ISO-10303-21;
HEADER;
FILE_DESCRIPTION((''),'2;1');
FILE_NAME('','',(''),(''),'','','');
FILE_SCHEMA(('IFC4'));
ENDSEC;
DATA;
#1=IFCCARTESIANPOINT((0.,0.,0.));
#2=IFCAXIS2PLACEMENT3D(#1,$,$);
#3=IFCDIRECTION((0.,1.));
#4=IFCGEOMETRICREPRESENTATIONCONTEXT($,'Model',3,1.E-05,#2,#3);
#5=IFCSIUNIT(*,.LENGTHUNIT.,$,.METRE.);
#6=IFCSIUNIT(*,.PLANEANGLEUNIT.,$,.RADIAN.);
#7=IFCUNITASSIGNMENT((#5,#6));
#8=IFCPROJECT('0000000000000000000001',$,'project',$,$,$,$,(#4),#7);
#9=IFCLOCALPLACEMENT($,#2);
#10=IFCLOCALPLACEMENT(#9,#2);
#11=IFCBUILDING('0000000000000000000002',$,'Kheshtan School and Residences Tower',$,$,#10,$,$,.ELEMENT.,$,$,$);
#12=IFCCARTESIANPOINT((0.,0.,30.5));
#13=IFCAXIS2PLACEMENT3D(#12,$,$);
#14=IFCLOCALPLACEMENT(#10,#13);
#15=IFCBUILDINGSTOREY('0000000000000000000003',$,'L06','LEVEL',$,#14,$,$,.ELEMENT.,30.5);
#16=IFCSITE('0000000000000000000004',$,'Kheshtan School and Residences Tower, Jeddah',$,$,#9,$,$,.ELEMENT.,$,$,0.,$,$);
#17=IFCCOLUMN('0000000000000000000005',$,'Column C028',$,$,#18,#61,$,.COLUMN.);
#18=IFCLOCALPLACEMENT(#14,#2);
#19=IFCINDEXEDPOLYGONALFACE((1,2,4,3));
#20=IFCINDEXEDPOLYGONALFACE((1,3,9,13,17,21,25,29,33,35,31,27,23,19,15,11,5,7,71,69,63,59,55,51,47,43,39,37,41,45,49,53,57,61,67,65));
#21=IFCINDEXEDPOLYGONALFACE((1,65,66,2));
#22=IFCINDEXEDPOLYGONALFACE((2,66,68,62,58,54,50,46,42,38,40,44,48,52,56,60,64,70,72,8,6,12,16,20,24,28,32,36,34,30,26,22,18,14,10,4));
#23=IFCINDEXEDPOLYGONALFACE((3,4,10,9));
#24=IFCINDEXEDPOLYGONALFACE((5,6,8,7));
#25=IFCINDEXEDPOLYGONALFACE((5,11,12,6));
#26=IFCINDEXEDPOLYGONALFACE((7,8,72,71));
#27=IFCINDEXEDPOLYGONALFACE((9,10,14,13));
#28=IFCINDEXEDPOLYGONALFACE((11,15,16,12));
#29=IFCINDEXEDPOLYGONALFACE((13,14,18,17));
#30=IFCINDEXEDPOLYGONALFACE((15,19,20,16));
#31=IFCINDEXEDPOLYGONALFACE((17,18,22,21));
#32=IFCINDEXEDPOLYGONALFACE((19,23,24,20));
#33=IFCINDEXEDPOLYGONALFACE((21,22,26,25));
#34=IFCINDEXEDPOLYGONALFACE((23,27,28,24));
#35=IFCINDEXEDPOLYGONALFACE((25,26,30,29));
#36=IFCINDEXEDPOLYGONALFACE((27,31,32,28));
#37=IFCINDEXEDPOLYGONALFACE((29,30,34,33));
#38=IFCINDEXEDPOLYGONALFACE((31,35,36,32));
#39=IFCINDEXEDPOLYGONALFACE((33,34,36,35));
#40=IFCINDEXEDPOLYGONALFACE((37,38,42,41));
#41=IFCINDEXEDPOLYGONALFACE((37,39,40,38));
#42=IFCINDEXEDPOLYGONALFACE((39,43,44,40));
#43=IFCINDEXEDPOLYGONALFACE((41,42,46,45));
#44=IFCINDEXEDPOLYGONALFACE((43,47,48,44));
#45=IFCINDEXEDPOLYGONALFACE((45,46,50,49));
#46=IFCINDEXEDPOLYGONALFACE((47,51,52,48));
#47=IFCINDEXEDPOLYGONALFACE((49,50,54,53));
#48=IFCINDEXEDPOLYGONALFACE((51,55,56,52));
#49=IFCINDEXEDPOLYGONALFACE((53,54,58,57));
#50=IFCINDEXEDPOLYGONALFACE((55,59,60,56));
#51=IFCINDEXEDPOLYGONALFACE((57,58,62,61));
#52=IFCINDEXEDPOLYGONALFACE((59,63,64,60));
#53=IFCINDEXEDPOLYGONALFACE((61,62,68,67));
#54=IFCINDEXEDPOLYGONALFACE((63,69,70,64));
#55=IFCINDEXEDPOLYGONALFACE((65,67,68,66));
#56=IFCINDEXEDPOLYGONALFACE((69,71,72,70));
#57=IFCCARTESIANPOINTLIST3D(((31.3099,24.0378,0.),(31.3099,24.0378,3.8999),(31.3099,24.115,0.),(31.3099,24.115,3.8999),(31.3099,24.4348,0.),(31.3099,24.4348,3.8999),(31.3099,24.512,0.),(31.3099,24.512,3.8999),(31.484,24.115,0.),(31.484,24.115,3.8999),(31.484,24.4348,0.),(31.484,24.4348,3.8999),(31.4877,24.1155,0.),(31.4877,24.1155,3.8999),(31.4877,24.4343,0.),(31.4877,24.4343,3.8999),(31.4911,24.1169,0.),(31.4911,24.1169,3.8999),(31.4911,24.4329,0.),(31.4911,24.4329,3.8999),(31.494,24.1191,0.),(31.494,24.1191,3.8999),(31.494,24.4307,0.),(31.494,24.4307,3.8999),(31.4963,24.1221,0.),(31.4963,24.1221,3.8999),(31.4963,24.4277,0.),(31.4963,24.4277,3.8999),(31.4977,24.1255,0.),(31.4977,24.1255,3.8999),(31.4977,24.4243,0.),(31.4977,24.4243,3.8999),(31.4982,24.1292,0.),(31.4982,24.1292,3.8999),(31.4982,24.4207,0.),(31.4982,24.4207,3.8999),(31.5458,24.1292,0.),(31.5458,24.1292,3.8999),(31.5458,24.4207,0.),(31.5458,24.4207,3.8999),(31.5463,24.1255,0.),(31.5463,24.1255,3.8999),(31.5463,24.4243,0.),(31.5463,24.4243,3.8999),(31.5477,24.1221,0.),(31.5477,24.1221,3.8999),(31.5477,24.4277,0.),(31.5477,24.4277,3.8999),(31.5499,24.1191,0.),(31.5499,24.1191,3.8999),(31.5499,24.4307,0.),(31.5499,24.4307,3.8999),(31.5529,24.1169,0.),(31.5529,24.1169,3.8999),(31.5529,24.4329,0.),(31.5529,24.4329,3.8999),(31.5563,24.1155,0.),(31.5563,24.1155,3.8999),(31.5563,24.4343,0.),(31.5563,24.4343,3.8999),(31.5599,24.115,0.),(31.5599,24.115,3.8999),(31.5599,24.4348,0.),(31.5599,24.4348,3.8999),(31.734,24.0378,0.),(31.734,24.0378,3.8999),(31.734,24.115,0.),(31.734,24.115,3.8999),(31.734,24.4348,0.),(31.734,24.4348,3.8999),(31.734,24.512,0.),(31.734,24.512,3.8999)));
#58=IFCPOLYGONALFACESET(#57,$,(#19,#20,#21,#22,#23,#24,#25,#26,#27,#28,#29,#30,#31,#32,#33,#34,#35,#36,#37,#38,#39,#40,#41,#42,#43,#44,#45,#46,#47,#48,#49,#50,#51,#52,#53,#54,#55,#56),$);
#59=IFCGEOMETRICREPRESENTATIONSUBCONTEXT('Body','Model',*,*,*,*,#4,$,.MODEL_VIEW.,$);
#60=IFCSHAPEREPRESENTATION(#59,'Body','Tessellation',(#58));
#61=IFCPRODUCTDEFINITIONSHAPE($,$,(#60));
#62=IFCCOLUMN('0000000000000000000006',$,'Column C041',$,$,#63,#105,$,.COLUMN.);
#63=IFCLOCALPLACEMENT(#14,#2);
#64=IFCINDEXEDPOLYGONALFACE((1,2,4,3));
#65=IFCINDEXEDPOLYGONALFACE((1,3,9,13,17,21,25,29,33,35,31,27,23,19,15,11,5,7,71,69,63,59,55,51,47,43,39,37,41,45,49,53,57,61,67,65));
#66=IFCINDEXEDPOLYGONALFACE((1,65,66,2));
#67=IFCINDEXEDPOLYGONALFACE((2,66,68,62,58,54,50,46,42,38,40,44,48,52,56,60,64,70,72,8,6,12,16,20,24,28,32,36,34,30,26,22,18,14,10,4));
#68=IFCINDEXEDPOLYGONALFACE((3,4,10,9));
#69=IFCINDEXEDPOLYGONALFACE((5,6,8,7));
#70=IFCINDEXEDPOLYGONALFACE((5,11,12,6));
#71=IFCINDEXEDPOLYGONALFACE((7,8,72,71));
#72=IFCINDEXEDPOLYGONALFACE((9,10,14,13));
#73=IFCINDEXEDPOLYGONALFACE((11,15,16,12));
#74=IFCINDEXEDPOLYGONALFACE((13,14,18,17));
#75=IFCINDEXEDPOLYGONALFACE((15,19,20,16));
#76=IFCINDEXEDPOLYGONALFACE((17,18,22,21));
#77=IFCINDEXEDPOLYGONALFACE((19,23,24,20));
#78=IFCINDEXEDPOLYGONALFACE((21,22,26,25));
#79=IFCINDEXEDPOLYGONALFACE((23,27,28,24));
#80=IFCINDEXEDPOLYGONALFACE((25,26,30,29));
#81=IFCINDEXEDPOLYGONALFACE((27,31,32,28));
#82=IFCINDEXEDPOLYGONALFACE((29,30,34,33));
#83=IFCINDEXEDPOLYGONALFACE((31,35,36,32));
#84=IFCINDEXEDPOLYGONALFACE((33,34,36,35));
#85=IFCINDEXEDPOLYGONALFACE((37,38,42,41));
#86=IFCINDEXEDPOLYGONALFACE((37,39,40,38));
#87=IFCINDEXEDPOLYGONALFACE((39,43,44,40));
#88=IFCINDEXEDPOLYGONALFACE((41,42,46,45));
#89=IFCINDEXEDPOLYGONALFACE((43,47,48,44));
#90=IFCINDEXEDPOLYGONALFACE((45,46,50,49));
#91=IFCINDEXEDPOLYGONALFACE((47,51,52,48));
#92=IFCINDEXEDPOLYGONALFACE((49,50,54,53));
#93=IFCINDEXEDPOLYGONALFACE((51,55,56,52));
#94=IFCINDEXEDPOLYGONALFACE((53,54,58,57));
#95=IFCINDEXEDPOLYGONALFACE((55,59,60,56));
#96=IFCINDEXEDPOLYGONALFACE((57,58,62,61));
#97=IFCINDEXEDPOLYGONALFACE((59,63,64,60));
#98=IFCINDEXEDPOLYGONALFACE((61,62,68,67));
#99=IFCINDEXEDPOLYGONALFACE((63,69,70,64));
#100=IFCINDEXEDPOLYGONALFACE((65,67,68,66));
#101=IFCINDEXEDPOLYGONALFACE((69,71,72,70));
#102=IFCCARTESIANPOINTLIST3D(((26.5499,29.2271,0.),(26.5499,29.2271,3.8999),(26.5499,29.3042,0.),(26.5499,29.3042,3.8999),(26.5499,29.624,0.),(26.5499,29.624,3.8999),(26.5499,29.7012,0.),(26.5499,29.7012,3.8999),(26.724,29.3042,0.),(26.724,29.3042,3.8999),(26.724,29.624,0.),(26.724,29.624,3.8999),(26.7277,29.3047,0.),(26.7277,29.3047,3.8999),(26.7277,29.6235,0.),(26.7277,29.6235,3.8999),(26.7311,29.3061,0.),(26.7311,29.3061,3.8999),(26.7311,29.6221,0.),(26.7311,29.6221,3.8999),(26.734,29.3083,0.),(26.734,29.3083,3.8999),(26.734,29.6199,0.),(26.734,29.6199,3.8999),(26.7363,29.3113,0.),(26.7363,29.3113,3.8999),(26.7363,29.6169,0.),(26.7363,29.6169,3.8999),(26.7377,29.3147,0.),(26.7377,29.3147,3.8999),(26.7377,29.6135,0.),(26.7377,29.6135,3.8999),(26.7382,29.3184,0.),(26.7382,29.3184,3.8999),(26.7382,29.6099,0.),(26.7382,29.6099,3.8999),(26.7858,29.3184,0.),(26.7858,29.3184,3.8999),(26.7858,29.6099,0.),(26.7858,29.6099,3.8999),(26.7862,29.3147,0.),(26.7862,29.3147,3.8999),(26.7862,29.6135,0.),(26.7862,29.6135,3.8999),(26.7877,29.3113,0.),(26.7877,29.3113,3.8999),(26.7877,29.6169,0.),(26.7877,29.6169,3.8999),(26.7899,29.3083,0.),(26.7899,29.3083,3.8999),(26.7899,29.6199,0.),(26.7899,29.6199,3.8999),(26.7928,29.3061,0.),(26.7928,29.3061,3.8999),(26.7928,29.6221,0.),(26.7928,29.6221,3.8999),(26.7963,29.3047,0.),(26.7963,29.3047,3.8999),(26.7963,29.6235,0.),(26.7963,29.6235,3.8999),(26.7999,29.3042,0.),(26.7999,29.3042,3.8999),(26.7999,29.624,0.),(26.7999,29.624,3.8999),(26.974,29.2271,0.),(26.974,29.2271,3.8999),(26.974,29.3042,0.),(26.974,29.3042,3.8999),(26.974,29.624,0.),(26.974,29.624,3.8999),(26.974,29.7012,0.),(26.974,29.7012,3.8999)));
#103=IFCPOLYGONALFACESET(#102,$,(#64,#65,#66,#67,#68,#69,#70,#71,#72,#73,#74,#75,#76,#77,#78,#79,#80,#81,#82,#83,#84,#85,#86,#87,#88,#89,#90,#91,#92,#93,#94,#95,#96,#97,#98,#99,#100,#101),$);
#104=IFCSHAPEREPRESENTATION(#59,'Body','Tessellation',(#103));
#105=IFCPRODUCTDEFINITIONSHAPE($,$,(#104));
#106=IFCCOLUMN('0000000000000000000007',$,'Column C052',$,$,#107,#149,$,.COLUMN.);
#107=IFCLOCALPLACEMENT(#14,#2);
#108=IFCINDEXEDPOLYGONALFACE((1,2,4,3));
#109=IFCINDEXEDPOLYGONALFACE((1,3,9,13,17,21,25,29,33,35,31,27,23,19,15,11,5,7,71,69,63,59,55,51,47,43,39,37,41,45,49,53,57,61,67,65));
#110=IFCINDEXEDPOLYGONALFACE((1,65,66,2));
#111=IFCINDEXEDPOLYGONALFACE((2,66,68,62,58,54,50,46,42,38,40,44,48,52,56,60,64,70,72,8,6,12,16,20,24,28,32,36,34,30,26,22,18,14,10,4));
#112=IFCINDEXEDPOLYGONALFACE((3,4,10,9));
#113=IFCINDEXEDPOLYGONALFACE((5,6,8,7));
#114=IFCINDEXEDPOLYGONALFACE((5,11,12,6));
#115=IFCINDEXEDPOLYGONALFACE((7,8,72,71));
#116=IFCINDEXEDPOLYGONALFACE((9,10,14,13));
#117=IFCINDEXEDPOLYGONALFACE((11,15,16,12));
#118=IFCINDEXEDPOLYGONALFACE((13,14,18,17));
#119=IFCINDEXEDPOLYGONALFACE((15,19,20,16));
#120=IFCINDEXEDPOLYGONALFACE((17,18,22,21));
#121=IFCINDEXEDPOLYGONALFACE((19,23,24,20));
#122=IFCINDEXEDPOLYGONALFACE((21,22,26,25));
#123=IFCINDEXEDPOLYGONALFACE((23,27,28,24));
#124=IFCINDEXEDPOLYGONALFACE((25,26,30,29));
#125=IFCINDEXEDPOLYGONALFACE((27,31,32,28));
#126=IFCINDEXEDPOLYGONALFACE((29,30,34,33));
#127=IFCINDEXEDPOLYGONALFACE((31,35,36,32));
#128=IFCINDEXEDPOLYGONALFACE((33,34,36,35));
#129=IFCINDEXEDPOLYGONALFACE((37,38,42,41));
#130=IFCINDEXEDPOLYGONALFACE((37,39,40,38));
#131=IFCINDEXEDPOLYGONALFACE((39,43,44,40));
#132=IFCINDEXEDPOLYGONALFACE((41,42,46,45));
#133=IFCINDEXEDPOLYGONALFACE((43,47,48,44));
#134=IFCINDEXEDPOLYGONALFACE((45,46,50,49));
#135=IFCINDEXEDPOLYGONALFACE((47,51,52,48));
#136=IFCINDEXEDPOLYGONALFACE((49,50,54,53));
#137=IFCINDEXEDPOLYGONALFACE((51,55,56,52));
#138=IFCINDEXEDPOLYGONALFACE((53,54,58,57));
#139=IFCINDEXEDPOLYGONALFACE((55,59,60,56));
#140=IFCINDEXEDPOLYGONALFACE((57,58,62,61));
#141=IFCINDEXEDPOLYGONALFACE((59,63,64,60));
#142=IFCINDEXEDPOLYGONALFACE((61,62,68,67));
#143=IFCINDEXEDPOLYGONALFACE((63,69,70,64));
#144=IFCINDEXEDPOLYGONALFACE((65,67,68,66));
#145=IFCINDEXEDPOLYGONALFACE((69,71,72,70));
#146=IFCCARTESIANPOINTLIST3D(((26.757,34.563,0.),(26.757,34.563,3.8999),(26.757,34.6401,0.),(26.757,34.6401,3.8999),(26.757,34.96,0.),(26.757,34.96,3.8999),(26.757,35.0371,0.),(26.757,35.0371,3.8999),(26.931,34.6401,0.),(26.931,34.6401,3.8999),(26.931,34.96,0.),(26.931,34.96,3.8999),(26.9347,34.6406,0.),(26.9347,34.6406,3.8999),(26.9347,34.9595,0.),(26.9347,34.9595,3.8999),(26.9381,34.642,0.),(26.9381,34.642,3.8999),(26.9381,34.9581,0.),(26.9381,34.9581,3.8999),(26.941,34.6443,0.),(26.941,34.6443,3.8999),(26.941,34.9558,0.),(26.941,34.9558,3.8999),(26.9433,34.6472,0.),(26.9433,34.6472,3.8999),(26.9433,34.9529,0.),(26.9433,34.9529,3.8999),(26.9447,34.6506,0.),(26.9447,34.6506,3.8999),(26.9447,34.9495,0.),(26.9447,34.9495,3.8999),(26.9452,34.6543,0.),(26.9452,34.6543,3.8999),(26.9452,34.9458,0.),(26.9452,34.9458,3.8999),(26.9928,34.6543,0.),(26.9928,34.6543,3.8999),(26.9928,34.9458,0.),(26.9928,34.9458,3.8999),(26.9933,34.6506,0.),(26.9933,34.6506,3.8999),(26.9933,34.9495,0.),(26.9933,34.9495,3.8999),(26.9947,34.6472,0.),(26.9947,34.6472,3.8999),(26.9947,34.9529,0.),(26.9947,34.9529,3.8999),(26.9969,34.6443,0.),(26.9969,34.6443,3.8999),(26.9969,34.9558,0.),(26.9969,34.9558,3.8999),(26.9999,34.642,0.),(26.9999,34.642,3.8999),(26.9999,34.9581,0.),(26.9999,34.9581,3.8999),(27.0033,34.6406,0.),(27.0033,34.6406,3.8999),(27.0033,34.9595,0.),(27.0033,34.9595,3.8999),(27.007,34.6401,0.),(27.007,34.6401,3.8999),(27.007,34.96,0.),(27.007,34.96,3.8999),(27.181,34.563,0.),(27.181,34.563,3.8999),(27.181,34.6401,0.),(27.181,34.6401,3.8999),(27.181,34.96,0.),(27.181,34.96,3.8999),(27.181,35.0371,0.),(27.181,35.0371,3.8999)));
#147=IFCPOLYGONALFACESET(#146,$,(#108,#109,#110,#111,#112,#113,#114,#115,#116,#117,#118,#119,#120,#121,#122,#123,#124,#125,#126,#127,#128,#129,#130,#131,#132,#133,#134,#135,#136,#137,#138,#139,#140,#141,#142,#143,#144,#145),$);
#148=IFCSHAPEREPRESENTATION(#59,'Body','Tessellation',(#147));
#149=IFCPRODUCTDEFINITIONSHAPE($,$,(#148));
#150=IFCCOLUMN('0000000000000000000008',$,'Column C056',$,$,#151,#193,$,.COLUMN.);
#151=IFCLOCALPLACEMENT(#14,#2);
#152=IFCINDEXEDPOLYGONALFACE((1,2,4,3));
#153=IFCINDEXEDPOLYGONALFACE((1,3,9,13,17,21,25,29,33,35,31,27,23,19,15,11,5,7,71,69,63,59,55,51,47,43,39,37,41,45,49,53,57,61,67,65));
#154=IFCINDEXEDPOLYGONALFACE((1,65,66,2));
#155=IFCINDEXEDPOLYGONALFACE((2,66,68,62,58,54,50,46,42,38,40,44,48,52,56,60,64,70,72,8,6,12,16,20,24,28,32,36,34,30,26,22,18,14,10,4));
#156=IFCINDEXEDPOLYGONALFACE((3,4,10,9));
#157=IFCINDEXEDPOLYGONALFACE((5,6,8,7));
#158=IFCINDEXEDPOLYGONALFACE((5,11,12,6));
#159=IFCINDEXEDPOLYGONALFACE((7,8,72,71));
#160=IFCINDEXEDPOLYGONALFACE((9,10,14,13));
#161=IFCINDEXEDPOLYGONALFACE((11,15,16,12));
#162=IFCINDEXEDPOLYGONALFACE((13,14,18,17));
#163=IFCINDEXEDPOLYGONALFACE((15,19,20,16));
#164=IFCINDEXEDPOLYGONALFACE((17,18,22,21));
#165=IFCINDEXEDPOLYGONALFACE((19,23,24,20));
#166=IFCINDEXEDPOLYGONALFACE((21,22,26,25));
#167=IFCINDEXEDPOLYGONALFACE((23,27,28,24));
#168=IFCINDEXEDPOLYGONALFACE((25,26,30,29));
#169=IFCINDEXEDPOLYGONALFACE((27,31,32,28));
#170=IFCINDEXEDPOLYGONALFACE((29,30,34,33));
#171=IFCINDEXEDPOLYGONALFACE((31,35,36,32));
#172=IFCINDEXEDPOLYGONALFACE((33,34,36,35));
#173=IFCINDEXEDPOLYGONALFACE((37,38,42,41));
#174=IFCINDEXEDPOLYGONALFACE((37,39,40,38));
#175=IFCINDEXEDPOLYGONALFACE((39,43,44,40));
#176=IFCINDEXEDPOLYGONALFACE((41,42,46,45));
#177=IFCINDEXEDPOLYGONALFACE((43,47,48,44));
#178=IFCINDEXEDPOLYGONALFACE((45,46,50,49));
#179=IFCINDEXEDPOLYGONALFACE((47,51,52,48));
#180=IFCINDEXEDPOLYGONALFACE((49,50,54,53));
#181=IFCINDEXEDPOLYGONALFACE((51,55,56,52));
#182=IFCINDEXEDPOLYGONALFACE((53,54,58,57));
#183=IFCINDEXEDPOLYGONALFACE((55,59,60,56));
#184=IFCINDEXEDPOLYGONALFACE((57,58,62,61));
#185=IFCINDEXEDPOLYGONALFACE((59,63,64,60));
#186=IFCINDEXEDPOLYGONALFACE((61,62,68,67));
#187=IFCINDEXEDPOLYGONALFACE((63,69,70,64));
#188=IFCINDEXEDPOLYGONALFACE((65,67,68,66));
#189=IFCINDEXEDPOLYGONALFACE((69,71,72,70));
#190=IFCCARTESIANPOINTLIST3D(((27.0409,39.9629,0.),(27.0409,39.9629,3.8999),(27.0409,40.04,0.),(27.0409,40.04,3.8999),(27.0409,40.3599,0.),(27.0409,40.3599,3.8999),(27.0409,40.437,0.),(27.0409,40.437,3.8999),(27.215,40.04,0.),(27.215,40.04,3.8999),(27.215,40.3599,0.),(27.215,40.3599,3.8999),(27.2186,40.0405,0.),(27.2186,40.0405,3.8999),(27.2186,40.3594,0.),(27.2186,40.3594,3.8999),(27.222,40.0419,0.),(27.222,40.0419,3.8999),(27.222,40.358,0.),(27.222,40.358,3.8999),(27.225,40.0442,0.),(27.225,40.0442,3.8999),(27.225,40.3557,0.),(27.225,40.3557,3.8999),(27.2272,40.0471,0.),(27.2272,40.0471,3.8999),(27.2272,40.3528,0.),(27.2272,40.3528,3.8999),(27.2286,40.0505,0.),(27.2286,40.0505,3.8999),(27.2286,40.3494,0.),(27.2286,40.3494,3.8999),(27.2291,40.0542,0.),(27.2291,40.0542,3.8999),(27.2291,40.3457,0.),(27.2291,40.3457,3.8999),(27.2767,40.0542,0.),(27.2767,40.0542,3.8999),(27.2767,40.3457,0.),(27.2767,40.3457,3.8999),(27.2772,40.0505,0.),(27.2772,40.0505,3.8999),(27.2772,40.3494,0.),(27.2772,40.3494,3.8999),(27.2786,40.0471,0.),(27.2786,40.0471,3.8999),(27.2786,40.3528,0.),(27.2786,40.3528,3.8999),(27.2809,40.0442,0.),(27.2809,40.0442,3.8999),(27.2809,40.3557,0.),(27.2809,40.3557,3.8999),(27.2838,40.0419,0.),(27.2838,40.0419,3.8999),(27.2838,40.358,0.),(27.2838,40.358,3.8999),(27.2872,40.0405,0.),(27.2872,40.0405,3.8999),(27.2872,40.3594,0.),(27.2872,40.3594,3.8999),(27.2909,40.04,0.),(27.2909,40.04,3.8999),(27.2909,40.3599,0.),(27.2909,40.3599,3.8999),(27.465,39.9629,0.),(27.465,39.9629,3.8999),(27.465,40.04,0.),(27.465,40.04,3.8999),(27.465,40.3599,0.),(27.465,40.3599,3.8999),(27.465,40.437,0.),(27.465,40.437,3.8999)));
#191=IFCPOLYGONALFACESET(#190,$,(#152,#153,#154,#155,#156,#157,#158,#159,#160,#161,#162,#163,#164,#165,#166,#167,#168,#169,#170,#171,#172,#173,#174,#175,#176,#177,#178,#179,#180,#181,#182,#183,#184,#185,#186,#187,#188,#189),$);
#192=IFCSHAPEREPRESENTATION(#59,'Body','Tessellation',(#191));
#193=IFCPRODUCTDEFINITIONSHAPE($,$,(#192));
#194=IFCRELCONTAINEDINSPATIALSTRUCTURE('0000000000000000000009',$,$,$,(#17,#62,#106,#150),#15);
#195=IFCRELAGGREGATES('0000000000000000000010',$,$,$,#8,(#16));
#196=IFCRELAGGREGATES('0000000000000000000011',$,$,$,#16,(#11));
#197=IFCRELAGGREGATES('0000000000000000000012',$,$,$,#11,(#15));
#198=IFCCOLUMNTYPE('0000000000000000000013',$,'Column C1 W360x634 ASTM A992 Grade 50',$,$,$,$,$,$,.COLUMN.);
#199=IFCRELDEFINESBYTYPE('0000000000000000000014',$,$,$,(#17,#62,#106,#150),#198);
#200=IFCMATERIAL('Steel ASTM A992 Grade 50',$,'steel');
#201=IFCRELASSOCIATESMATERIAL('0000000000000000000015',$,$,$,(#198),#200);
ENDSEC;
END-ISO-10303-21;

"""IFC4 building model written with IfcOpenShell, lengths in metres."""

from ifc_helpers import new_model, si_unit, direction, frame, origin, origin_2d, place, context, subcontext, project, spatial, i_section, extrude, material, material_profile, profile_set, type_object, element, save


model = new_model("IFC4")

# Units and contexts
model_context = context("Model", 3, precision=1e-05, world=origin(), true_north=direction((0.0, 1.0)))
body_context = subcontext(model_context, "Body", "Model", "MODEL_VIEW")
ifc_project = project(units=[si_unit("LENGTHUNIT", "METRE"), si_unit("PLANEANGLEUNIT", "RADIAN")], contexts=[model_context])

# Site, building, storey
site_placement = place(None, origin())
site = spatial("IfcSite", under=ifc_project, at=site_placement, Name="Kheshtan School and Residences Tower, Jeddah", CompositionType="ELEMENT", RefElevation=0.0)
building_placement = place(site_placement, origin())
building = spatial("IfcBuilding", under=site, at=building_placement, Name="Kheshtan School and Residences Tower", CompositionType="ELEMENT")
storey_placement = place(building_placement, frame((0.0, 0.0, 30.5)))
storey = spatial("IfcBuildingStorey", under=building, at=storey_placement, Name="L06", Description="LEVEL", CompositionType="ELEMENT", Elevation=30.5)

# Columns
ifc_material_1 = material(Name="Steel ASTM A992 Grade 50", Category="steel")
ifc_material_profile_1 = material_profile(ifc_material_1, i_section(OverallWidth=0.4241, OverallDepth=0.4741, WebThickness=0.0476, FlangeThickness=0.0771, FilletRadius=0.0142, at=origin_2d()), Name="W360x634")
ifc_profile_set_1 = profile_set([ifc_material_profile_1], Name="Steel ASTM A992 Grade 50")
column_type = type_object("IfcColumnType", Name="Column C1 W360x634 ASTM A992 Grade 50", PredefinedType="COLUMN", material=ifc_profile_set_1)
for number, where, z_axis, x_axis, name in (
    (1, (31.522, 24.2749, 0.0), (0.0, 0.0, 1.0), (1.0, 0.0, 0.0), "Column C028"),
    (2, (26.762, 29.4641, 0.0), (0.0, 0.0, 1.0), (1.0, 0.0, 0.0), "Column C041"),
    (3, (26.969, 34.8, 0.0), (0.0, 0.0, 1.0), (1.0, 0.0, 0.0), "Column C052"),
    (4, (27.2529, 40.2, 0.0), (0.0, 0.0, 1.0), (1.0, 0.0, 0.0), "Column C056"),
):
    element("IfcColumn", number, at=place(storey_placement, frame(where, z_axis=z_axis, x_axis=x_axis)), inside=storey, type_object=column_type, Name=name, PredefinedType="COLUMN", context=body_context, shape_type="SweptSolid", body=[
        extrude(i_section(OverallWidth=0.4241, OverallDepth=0.4741, WebThickness=0.0476, FlangeThickness=0.0771, FilletRadius=0.0142, at=origin_2d()), origin(), (0.0, 0.0, 1.0), 3.8999),
    ])

save(model, "model.ifc")
